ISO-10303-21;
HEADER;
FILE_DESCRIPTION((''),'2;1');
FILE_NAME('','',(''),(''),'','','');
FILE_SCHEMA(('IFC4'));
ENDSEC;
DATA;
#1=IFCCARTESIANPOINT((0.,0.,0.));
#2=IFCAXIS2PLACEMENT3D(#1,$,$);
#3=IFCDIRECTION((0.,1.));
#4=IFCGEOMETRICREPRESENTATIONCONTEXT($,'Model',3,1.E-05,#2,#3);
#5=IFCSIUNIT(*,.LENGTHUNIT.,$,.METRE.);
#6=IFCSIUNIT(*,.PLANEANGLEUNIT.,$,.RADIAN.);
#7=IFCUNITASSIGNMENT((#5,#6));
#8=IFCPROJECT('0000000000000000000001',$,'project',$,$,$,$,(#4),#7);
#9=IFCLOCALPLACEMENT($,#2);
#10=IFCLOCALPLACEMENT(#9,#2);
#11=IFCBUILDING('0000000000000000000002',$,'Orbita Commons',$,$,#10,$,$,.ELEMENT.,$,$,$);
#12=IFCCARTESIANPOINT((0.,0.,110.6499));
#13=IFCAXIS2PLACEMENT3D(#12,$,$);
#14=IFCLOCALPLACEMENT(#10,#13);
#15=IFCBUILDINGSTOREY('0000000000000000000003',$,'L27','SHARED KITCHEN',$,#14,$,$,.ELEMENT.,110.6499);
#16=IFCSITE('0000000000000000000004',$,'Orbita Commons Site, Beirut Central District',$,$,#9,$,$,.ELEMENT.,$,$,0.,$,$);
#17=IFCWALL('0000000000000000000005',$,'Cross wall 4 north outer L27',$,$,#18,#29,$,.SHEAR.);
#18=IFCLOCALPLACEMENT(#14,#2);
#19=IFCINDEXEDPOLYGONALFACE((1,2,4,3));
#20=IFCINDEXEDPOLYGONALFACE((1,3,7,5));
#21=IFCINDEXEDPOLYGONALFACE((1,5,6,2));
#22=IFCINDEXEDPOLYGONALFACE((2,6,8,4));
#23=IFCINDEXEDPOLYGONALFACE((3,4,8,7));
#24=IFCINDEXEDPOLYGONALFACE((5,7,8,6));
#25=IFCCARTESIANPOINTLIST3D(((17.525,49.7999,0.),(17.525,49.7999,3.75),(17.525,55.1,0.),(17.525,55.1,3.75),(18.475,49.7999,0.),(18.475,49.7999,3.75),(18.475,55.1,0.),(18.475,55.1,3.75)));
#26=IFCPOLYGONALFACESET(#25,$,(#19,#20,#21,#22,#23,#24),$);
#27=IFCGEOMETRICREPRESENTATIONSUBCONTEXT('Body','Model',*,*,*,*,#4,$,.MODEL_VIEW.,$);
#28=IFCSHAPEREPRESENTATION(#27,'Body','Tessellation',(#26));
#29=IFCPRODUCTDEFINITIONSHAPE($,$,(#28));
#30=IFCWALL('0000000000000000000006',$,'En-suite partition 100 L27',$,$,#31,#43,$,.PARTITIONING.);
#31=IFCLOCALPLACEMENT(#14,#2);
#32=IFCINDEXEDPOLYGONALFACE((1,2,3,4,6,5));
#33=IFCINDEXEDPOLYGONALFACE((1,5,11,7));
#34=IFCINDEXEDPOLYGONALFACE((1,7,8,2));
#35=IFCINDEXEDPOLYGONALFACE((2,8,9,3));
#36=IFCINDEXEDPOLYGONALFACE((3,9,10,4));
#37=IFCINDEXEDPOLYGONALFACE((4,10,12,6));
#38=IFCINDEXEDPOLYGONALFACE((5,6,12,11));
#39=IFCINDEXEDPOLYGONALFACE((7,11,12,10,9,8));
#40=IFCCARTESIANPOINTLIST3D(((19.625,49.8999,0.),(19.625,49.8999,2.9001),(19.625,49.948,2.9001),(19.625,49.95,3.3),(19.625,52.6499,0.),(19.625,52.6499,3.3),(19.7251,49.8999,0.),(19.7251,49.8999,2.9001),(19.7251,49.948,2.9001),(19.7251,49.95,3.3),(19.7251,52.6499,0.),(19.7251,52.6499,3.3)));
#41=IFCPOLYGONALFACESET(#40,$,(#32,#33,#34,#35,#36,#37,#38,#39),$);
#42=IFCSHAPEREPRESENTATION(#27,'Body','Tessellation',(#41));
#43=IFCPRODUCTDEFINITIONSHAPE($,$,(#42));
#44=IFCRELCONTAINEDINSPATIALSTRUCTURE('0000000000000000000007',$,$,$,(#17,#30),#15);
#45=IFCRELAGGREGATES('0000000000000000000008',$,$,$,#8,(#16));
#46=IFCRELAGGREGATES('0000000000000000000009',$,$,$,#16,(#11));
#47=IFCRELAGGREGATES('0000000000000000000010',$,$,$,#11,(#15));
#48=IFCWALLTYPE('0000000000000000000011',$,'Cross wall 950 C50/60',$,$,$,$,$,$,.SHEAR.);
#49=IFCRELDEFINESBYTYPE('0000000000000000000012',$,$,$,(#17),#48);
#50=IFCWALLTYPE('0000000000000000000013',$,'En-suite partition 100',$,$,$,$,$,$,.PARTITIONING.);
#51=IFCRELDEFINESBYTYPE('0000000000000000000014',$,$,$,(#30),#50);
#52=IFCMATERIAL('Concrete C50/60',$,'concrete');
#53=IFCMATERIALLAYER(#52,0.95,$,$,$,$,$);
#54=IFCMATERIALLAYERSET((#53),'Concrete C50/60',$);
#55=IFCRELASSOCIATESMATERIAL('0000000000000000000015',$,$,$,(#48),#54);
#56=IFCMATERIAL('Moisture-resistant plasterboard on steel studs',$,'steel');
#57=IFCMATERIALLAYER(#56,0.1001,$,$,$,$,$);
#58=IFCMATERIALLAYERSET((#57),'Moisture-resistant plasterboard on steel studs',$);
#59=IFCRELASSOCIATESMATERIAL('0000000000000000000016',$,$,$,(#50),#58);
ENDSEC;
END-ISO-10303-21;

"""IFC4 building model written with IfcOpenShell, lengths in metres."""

from ifc_helpers import new_model, si_unit, direction, frame, frame_2d, origin, place, context, subcontext, project, spatial, polyline, rectangle, outline, extrude, material, layer, layer_set, type_object, element, save


model = new_model("IFC4")

# Units and contexts
model_context = context("Model", 3, precision=1e-05, world=origin(), true_north=direction((0.0, 1.0)))
body_context = subcontext(model_context, "Body", "Model", "MODEL_VIEW")
ifc_project = project(units=[si_unit("LENGTHUNIT", "METRE"), si_unit("PLANEANGLEUNIT", "RADIAN")], contexts=[model_context])

# Site, building, storey
site_placement = place(None, origin())
site = spatial("IfcSite", under=ifc_project, at=site_placement, Name="Orbita Commons Site, Beirut Central District", CompositionType="ELEMENT", RefElevation=0.0)
building_placement = place(site_placement, origin())
building = spatial("IfcBuilding", under=site, at=building_placement, Name="Orbita Commons", CompositionType="ELEMENT")
storey_placement = place(building_placement, frame((0.0, 0.0, 110.6499)))
storey = spatial("IfcBuildingStorey", under=building, at=storey_placement, Name="L27", Description="SHARED KITCHEN", CompositionType="ELEMENT", Elevation=110.6499)

# Walls
ifc_material_1 = material(Name="Concrete C50/60", Category="concrete")
ifc_layer_1 = layer(ifc_material_1, 0.95)
ifc_layer_set_1 = layer_set([ifc_layer_1], Name="Concrete C50/60")
wall_type_1 = type_object("IfcWallType", Name="Cross wall 950 C50/60", PredefinedType="SHEAR", material=ifc_layer_set_1)
wall_1_placement = place(storey_placement, frame((18.0, 49.8, 0.0), z_axis=(0.0, 0.0, 1.0), x_axis=(0.0, 1.0, 0.0)))
element("IfcWall", 1, at=wall_1_placement, inside=storey, type_object=wall_type_1, Name="Cross wall 4 north outer L27", PredefinedType="SHEAR", context=body_context, shape_type="SweptSolid", body=[
    extrude(rectangle(XDim=5.3, YDim=0.95, at=frame_2d((2.6499, 0.0))), origin(), (0.0, 0.0, 1.0), 3.75),
])
ifc_material_2 = material(Name="Moisture-resistant plasterboard on steel studs", Category="steel")
ifc_layer_2 = layer(ifc_material_2, 0.1001)
ifc_layer_set_2 = layer_set([ifc_layer_2], Name="Moisture-resistant plasterboard on steel studs")
wall_type_2 = type_object("IfcWallType", Name="En-suite partition 100", PredefinedType="PARTITIONING", material=ifc_layer_set_2)
wall_2_placement = place(storey_placement, frame((19.675, 52.6499, 0.0), z_axis=(0.0, 0.0, 1.0), x_axis=(0.0, -1.0, 0.0)))
element("IfcWall", 2, at=wall_2_placement, inside=storey, type_object=wall_type_2, Name="En-suite partition 100 L27", PredefinedType="PARTITIONING", context=body_context, shape_type="SweptSolid", body=[
    extrude(outline(polyline([(0.0, 0.0), (2.75, 0.0), (2.75, 2.9001), (2.7019, 2.9001), (2.7, 3.3), (0.0, 3.3), (0.0, 0.0)])), frame((0.0, 0.05, 0.0), z_axis=(0.0, -1.0, 0.0), x_axis=(1.0, 0.0, 0.0)), (0.0, 0.0, 1.0), 0.1001),
])

save(model, "model.ifc")
